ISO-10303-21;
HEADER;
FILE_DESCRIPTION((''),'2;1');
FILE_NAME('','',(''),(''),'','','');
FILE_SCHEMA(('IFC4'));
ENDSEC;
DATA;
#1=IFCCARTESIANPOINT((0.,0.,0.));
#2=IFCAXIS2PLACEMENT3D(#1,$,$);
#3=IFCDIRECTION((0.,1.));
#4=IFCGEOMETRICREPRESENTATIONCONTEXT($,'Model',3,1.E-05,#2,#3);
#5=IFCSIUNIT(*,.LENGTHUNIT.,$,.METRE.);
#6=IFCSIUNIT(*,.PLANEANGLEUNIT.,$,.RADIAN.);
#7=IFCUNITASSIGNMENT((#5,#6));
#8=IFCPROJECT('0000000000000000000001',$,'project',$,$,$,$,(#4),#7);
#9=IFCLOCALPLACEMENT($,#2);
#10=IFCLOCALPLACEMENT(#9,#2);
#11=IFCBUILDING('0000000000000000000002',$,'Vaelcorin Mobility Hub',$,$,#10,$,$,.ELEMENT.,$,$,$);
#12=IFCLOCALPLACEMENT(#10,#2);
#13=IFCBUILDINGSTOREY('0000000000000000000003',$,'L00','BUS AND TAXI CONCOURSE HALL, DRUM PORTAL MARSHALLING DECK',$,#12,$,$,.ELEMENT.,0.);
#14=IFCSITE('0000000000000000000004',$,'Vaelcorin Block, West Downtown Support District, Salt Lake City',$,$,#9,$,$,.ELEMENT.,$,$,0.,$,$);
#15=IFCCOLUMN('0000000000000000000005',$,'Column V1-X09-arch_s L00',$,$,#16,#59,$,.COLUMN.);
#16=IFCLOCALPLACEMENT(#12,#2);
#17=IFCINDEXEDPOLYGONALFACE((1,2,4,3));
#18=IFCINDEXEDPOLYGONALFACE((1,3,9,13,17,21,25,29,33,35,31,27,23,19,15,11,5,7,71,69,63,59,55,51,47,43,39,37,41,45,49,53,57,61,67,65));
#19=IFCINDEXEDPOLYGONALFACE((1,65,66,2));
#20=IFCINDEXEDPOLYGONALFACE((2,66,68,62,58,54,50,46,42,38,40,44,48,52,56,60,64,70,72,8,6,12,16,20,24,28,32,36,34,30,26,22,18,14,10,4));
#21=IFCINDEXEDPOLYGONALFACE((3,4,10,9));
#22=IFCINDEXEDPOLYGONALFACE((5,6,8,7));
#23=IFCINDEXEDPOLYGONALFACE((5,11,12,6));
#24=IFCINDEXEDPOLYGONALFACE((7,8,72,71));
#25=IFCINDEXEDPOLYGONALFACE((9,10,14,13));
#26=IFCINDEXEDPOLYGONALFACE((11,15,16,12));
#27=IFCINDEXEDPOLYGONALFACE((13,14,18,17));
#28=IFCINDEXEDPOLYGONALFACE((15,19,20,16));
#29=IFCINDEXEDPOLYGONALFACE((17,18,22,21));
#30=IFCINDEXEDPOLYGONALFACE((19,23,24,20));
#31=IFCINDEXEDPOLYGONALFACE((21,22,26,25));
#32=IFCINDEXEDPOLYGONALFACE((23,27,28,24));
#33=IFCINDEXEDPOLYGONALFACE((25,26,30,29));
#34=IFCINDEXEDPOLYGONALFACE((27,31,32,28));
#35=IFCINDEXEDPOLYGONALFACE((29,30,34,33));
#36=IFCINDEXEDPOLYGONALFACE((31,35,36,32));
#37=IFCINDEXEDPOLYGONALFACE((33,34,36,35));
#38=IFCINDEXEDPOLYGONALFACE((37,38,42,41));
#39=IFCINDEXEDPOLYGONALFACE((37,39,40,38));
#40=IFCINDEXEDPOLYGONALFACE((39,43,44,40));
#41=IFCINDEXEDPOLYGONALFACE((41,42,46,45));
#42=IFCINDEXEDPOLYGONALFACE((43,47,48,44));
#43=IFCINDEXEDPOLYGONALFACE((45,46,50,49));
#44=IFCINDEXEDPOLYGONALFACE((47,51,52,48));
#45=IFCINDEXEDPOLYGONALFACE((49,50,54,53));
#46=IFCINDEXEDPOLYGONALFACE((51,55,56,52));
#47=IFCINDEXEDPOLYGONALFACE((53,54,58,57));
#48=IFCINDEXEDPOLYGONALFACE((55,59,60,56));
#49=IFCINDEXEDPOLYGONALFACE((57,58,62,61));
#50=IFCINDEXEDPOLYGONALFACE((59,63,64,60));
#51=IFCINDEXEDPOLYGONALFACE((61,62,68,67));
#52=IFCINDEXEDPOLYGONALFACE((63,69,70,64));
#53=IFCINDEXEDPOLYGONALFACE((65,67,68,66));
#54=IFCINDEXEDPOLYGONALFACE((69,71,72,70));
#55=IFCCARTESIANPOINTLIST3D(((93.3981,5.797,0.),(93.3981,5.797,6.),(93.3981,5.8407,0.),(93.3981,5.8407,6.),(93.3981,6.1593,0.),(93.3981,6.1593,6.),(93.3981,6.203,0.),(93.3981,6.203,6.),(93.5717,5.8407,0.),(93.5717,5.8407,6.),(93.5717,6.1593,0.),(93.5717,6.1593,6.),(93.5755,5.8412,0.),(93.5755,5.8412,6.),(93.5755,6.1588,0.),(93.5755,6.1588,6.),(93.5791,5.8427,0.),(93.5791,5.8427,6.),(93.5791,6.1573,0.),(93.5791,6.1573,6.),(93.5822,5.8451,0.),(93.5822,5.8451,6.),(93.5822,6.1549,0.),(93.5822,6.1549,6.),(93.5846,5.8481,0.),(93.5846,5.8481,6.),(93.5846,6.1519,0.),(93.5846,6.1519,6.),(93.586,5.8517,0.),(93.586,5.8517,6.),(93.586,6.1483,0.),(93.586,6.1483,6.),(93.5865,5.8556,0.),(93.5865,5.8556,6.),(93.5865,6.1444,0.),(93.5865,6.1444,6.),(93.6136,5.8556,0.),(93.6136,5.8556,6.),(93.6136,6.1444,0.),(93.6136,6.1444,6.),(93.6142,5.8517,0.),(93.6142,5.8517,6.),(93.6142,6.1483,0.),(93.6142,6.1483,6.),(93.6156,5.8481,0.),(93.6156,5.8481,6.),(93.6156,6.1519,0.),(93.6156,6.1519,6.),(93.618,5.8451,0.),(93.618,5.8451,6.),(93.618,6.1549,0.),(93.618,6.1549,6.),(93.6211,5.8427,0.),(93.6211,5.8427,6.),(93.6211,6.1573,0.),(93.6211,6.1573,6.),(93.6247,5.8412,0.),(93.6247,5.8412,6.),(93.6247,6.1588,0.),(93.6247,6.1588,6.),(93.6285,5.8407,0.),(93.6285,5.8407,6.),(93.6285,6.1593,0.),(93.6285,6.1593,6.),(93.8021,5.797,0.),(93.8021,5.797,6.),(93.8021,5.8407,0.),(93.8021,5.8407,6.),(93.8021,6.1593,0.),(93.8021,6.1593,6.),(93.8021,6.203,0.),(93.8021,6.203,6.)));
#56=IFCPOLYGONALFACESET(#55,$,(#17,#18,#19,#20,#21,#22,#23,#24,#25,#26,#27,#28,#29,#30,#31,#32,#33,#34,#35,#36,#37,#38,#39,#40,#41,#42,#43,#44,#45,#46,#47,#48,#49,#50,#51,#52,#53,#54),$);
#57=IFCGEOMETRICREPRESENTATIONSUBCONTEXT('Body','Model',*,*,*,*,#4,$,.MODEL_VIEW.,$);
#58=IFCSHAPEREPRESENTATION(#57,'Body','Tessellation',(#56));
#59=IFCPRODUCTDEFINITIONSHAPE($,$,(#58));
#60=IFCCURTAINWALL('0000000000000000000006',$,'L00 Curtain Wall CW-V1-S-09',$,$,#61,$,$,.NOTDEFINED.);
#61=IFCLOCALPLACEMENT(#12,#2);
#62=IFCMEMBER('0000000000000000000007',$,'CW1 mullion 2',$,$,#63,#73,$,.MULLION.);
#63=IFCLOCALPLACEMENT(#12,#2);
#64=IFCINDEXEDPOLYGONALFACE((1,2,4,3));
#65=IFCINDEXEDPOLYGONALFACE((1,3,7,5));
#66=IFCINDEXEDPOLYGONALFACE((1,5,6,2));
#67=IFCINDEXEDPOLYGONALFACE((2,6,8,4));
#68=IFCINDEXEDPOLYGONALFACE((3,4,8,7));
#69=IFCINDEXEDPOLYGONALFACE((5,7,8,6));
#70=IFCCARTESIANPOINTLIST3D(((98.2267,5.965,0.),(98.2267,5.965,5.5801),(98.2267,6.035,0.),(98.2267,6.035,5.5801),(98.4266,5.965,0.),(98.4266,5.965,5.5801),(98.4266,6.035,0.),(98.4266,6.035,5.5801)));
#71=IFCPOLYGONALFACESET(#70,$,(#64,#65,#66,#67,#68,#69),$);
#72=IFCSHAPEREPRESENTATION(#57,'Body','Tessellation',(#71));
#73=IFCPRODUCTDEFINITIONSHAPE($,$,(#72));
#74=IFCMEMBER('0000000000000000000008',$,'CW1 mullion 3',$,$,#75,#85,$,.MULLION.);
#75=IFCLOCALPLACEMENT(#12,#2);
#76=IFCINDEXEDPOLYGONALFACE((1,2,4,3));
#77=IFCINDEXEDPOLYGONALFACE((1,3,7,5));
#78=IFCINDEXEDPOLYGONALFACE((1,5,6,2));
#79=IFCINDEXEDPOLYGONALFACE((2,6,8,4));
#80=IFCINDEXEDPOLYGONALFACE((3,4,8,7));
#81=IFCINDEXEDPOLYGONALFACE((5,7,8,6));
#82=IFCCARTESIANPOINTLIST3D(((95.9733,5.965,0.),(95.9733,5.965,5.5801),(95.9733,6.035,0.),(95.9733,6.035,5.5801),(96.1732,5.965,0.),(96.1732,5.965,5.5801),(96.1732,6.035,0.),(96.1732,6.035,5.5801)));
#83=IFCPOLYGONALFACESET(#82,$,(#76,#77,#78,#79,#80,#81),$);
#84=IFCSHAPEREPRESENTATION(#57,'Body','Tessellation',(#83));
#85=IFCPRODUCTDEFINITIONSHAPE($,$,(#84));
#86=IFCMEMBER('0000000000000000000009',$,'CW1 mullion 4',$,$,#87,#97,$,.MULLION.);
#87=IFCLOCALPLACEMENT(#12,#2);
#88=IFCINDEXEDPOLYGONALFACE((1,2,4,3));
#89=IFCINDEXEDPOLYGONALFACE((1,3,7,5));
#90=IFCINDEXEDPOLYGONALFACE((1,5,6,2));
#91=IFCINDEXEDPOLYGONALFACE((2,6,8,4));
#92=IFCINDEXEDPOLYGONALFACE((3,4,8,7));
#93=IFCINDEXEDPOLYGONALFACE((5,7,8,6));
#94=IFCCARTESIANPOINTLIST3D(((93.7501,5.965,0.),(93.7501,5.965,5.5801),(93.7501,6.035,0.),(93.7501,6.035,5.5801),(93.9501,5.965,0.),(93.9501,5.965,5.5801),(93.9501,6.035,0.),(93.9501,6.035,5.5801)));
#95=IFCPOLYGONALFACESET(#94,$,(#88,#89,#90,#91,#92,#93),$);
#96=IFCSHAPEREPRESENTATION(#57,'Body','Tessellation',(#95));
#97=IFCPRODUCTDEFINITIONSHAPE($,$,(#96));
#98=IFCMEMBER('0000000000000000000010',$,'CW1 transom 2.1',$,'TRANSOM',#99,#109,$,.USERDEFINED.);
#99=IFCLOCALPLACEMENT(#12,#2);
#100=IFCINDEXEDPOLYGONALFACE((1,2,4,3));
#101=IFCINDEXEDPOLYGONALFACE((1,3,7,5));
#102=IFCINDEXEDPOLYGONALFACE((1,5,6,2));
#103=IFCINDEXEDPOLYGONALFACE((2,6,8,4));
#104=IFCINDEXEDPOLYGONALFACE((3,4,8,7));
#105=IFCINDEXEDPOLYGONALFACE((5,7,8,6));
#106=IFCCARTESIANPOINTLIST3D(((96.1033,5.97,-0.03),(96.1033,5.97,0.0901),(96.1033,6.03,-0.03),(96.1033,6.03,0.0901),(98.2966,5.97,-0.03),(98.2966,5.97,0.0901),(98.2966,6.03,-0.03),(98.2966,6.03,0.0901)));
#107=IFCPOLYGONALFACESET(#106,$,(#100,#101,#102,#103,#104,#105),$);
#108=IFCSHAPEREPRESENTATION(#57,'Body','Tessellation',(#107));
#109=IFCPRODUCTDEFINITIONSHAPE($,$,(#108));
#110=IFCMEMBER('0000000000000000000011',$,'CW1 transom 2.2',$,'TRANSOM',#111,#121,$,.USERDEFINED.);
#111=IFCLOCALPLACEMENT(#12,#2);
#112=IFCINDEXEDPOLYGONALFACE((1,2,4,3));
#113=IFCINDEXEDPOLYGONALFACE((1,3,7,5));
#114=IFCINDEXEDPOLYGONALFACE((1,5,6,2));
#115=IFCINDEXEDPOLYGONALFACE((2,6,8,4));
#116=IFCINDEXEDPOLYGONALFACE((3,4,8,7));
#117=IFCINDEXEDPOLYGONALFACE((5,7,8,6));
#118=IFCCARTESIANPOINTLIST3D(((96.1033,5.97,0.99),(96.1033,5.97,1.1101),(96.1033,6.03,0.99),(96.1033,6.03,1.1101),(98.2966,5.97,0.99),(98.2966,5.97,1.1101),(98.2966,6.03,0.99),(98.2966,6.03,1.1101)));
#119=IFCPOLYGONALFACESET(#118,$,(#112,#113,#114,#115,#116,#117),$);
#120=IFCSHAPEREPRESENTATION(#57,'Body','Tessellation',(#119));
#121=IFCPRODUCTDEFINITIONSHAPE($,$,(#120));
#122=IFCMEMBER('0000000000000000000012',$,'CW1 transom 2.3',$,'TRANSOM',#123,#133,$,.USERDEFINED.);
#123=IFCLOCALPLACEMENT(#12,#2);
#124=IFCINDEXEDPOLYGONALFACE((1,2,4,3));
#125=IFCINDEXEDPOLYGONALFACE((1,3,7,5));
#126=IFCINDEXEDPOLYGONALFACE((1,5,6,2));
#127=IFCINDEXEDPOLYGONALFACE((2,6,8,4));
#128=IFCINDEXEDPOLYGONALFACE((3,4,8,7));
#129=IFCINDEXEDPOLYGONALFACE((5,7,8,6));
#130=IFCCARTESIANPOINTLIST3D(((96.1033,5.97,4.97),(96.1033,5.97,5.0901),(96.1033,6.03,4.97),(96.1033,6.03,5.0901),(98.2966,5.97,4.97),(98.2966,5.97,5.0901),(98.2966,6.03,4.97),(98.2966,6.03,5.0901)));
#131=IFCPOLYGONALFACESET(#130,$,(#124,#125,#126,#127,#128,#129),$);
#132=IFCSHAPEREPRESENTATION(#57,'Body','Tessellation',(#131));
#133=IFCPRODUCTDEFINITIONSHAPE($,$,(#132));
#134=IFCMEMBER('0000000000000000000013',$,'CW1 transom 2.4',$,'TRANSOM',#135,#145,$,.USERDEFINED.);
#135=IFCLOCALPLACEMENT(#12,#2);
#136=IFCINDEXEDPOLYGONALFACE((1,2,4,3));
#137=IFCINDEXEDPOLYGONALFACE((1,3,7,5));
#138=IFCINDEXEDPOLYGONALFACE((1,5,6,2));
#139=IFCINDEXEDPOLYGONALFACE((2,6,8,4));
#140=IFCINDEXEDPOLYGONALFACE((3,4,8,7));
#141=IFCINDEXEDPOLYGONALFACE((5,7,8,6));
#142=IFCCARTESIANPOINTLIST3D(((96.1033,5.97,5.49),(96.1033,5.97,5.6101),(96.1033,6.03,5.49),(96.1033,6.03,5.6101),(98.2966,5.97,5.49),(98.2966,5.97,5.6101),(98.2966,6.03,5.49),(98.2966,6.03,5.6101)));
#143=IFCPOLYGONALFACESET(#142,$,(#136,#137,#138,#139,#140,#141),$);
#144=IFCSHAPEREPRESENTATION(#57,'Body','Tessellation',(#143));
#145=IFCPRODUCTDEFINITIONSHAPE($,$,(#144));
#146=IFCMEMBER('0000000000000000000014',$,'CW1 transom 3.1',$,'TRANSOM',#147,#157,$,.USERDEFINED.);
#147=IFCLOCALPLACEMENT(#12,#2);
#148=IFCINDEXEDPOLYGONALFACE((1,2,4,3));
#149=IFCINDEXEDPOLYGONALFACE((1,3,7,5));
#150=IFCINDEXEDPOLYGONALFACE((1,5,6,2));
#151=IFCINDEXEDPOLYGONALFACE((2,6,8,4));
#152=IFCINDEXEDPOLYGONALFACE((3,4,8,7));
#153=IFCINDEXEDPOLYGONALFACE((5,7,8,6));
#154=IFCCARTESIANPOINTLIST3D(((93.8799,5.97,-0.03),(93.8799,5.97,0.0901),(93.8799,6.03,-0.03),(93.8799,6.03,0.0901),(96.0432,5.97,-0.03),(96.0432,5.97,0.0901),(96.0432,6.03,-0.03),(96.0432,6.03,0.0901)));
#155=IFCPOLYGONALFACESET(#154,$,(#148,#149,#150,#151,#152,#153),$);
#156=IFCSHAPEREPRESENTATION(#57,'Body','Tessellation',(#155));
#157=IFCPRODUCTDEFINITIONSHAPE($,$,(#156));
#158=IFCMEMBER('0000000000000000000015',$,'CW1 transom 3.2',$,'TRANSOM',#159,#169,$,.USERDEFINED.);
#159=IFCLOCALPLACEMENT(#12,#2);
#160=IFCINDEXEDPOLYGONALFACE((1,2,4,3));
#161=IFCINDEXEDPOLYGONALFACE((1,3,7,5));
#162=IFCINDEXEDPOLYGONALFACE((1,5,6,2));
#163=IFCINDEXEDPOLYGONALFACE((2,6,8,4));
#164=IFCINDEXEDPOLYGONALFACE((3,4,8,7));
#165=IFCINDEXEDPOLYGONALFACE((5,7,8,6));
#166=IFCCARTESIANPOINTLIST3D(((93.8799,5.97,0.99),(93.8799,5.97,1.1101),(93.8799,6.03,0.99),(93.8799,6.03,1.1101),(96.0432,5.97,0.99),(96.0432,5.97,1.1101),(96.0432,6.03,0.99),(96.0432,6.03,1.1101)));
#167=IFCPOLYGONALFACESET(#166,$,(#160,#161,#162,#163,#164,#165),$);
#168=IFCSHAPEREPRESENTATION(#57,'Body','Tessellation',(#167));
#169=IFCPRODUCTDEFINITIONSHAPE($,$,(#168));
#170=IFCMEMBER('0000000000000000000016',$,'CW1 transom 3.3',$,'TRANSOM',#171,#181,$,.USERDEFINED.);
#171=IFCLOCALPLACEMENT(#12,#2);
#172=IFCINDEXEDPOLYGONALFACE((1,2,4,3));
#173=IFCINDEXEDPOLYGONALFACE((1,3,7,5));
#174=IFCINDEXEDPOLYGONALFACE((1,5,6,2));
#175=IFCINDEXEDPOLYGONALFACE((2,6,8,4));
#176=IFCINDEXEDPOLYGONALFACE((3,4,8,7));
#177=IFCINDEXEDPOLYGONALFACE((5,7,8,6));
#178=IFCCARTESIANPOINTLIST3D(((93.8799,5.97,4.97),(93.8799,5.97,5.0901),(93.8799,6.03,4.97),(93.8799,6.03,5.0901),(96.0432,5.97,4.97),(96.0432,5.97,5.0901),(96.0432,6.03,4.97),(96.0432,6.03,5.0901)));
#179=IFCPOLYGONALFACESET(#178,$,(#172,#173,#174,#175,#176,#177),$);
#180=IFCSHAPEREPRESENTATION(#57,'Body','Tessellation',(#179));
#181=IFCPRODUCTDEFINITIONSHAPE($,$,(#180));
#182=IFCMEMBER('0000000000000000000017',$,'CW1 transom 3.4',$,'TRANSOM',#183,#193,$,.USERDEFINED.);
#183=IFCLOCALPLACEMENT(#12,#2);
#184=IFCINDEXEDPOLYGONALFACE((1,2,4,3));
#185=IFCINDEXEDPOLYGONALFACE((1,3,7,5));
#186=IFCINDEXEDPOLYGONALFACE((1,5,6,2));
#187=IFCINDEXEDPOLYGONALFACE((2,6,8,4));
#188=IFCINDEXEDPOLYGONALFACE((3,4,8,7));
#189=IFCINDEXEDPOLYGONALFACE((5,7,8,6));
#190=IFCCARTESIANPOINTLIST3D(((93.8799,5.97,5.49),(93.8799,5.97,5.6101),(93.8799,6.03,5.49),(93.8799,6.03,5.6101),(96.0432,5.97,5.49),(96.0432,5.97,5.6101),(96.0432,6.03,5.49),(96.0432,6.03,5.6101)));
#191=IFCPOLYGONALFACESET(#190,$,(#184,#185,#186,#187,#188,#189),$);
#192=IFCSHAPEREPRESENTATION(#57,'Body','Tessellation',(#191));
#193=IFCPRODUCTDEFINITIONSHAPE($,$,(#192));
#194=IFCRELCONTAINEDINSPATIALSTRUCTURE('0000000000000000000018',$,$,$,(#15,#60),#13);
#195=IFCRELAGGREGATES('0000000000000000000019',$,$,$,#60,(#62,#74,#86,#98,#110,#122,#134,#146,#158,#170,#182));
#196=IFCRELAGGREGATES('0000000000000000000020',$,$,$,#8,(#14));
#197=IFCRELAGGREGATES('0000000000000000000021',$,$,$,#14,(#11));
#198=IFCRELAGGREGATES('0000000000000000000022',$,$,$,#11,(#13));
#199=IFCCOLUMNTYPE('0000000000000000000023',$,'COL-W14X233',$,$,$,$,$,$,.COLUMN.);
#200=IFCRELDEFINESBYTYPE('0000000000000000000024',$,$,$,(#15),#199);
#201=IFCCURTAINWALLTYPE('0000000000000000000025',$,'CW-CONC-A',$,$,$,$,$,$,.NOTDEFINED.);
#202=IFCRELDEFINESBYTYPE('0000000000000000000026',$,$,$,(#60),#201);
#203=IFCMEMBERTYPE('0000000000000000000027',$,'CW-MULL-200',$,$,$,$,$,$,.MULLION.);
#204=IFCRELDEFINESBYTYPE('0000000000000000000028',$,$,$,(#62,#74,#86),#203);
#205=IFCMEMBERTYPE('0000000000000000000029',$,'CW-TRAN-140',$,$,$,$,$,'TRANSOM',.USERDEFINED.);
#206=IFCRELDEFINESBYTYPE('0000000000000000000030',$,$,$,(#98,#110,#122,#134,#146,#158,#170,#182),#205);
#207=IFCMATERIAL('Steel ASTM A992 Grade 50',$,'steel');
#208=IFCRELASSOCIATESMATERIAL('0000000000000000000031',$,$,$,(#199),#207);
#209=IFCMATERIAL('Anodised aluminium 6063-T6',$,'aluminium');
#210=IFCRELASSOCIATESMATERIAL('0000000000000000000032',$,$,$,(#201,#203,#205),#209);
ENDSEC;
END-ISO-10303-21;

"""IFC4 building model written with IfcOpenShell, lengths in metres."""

from ifc_helpers import new_model, si_unit, direction, frame, origin, origin_2d, place, context, subcontext, project, spatial, rectangle, i_section, extrude, material, material_profile, profile_set, type_object, element, aggregate, save


model = new_model("IFC4")

# Units and contexts
model_context = context("Model", 3, precision=1e-05, world=origin(), true_north=direction((0.0, 1.0)))
body_context = subcontext(model_context, "Body", "Model", "MODEL_VIEW")
ifc_project = project(units=[si_unit("LENGTHUNIT", "METRE"), si_unit("PLANEANGLEUNIT", "RADIAN")], contexts=[model_context])

# Site, building, storey
site_placement = place(None, origin())
site = spatial("IfcSite", under=ifc_project, at=site_placement, Name="Vaelcorin Block, West Downtown Support District, Salt Lake City", CompositionType="ELEMENT", RefElevation=0.0)
building_placement = place(site_placement, origin())
building = spatial("IfcBuilding", under=site, at=building_placement, Name="Vaelcorin Mobility Hub", CompositionType="ELEMENT")
storey_placement = place(building_placement, origin())
storey = spatial("IfcBuildingStorey", under=building, at=storey_placement, Name="L00", Description="BUS AND TAXI CONCOURSE HALL, DRUM PORTAL MARSHALLING DECK", CompositionType="ELEMENT", Elevation=0.0)

# Column
ifc_material_1 = material(Name="Steel ASTM A992 Grade 50", Category="steel")
ifc_material_profile_1 = material_profile(ifc_material_1, i_section(OverallWidth=0.4041, OverallDepth=0.406, WebThickness=0.0271, FlangeThickness=0.0437, FilletRadius=0.0149, at=origin_2d()), Name="W14X233")
ifc_profile_set_1 = profile_set([ifc_material_profile_1], Name="Steel ASTM A992 Grade 50")
column_type = type_object("IfcColumnType", Name="COL-W14X233", PredefinedType="COLUMN", material=ifc_profile_set_1)
column_placement = place(storey_placement, frame((93.6001, 6.0, 0.0), z_axis=(0.0, 0.0, 1.0), x_axis=(1.0, 0.0, 0.0)))
element("IfcColumn", 1, at=column_placement, inside=storey, type_object=column_type, Name="Column V1-X09-arch_s L00", PredefinedType="COLUMN", context=body_context, shape_type="SweptSolid", body=[
    extrude(i_section(OverallWidth=0.4041, OverallDepth=0.406, WebThickness=0.0271, FlangeThickness=0.0437, FilletRadius=0.0149, at=origin_2d()), origin(), (0.0, 0.0, 1.0), 6.0),
])

# Curtain wall, members
ifc_material_2 = material(Name="Anodised aluminium 6063-T6", Category="aluminium")
curtain_wall_type = type_object("IfcCurtainWallType", Name="CW-CONC-A", PredefinedType="NOTDEFINED", material=ifc_material_2)
curtain_wall_placement = place(storey_placement, origin())
curtain_wall = element("IfcCurtainWall", 2, at=curtain_wall_placement, inside=storey, type_object=curtain_wall_type, Name="L00 Curtain Wall CW-V1-S-09", PredefinedType="NOTDEFINED")
ifc_material_profile_2 = material_profile(ifc_material_2, rectangle(XDim=0.0701, YDim=0.2, at=origin_2d()), Name="ALU-M70X200")
ifc_profile_set_2 = profile_set([ifc_material_profile_2], Name="Anodised aluminium 6063-T6")
member_type_1 = type_object("IfcMemberType", Name="CW-MULL-200", PredefinedType="MULLION", material=ifc_profile_set_2)
member_1_placement = place(storey_placement, frame((98.3267, 6.0, 0.0), z_axis=(0.0, 0.0, 1.0), x_axis=(0.0, -1.0, 0.0)))
member_1 = element("IfcMember", 3, at=member_1_placement, type_object=member_type_1, Name="CW1 mullion 2", PredefinedType="MULLION", context=body_context, shape_type="SweptSolid", body=[
    extrude(rectangle(XDim=0.0701, YDim=0.2, at=origin_2d()), origin(), (0.0, 0.0, 1.0), 5.5801),
])
member_2_placement = place(storey_placement, frame((96.0732, 6.0, 0.0), z_axis=(0.0, 0.0, 1.0), x_axis=(0.0, -1.0, 0.0)))
member_2 = element("IfcMember", 4, at=member_2_placement, type_object=member_type_1, Name="CW1 mullion 3", PredefinedType="MULLION", context=body_context, shape_type="SweptSolid", body=[
    extrude(rectangle(XDim=0.0701, YDim=0.2, at=origin_2d()), origin(), (0.0, 0.0, 1.0), 5.5801),
])
member_3_placement = place(storey_placement, frame((93.8501, 6.0, 0.0), z_axis=(0.0, 0.0, 1.0), x_axis=(0.0, -1.0, 0.0)))
member_3 = element("IfcMember", 5, at=member_3_placement, type_object=member_type_1, Name="CW1 mullion 4", PredefinedType="MULLION", context=body_context, shape_type="SweptSolid", body=[
    extrude(rectangle(XDim=0.0701, YDim=0.2, at=origin_2d()), origin(), (0.0, 0.0, 1.0), 5.5801),
])
ifc_material_profile_3 = material_profile(ifc_material_2, rectangle(XDim=0.0601, YDim=0.1201, at=origin_2d()), Name="ALU-T60X120")
ifc_profile_set_3 = profile_set([ifc_material_profile_3], Name="Anodised aluminium 6063-T6")
member_type_2 = type_object("IfcMemberType", Name="CW-TRAN-140", ElementType="TRANSOM", PredefinedType="USERDEFINED", material=ifc_profile_set_3)
member_4_placement = place(storey_placement, frame((98.2966, 6.0, 0.03), z_axis=(-1.0, 0.0, 0.0), x_axis=(0.0, -1.0, 0.0)))
member_4 = element("IfcMember", 6, at=member_4_placement, type_object=member_type_2, Name="CW1 transom 2.1", ObjectType="TRANSOM", PredefinedType="USERDEFINED", context=body_context, shape_type="SweptSolid", body=[
    extrude(rectangle(XDim=0.0601, YDim=0.1201, at=origin_2d()), origin(), (0.0, 0.0, 1.0), 2.1934),
])
member_5_placement = place(storey_placement, frame((98.2966, 6.0, 1.05), z_axis=(-1.0, 0.0, 0.0), x_axis=(0.0, -1.0, 0.0)))
member_5 = element("IfcMember", 7, at=member_5_placement, type_object=member_type_2, Name="CW1 transom 2.2", ObjectType="TRANSOM", PredefinedType="USERDEFINED", context=body_context, shape_type="SweptSolid", body=[
    extrude(rectangle(XDim=0.0601, YDim=0.1201, at=origin_2d()), origin(), (0.0, 0.0, 1.0), 2.1934),
])
member_6_placement = place(storey_placement, frame((98.2966, 6.0, 5.03), z_axis=(-1.0, 0.0, 0.0), x_axis=(0.0, -1.0, 0.0)))
member_6 = element("IfcMember", 8, at=member_6_placement, type_object=member_type_2, Name="CW1 transom 2.3", ObjectType="TRANSOM", PredefinedType="USERDEFINED", context=body_context, shape_type="SweptSolid", body=[
    extrude(rectangle(XDim=0.0601, YDim=0.1201, at=origin_2d()), origin(), (0.0, 0.0, 1.0), 2.1934),
])
member_7_placement = place(storey_placement, frame((98.2966, 6.0, 5.55), z_axis=(-1.0, 0.0, 0.0), x_axis=(0.0, -1.0, 0.0)))
member_7 = element("IfcMember", 9, at=member_7_placement, type_object=member_type_2, Name="CW1 transom 2.4", ObjectType="TRANSOM", PredefinedType="USERDEFINED", context=body_context, shape_type="SweptSolid", body=[
    extrude(rectangle(XDim=0.0601, YDim=0.1201, at=origin_2d()), origin(), (0.0, 0.0, 1.0), 2.1934),
])
member_8_placement = place(storey_placement, frame((96.0432, 6.0, 0.03), z_axis=(-1.0, 0.0, 0.0), x_axis=(0.0, -1.0, 0.0)))
member_8 = element("IfcMember", 10, at=member_8_placement, type_object=member_type_2, Name="CW1 transom 3.1", ObjectType="TRANSOM", PredefinedType="USERDEFINED", context=body_context, shape_type="SweptSolid", body=[
    extrude(rectangle(XDim=0.0601, YDim=0.1201, at=origin_2d()), origin(), (0.0, 0.0, 1.0), 2.1633),
])
member_9_placement = place(storey_placement, frame((96.0432, 6.0, 1.05), z_axis=(-1.0, 0.0, 0.0), x_axis=(0.0, -1.0, 0.0)))
member_9 = element("IfcMember", 11, at=member_9_placement, type_object=member_type_2, Name="CW1 transom 3.2", ObjectType="TRANSOM", PredefinedType="USERDEFINED", context=body_context, shape_type="SweptSolid", body=[
    extrude(rectangle(XDim=0.0601, YDim=0.1201, at=origin_2d()), origin(), (0.0, 0.0, 1.0), 2.1633),
])
member_10_placement = place(storey_placement, frame((96.0432, 6.0, 5.03), z_axis=(-1.0, 0.0, 0.0), x_axis=(0.0, -1.0, 0.0)))
member_10 = element("IfcMember", 12, at=member_10_placement, type_object=member_type_2, Name="CW1 transom 3.3", ObjectType="TRANSOM", PredefinedType="USERDEFINED", context=body_context, shape_type="SweptSolid", body=[
    extrude(rectangle(XDim=0.0601, YDim=0.1201, at=origin_2d()), origin(), (0.0, 0.0, 1.0), 2.1633),
])
member_11_placement = place(storey_placement, frame((96.0432, 6.0, 5.55), z_axis=(-1.0, 0.0, 0.0), x_axis=(0.0, -1.0, 0.0)))
member_11 = element("IfcMember", 13, at=member_11_placement, type_object=member_type_2, Name="CW1 transom 3.4", ObjectType="TRANSOM", PredefinedType="USERDEFINED", context=body_context, shape_type="SweptSolid", body=[
    extrude(rectangle(XDim=0.0601, YDim=0.1201, at=origin_2d()), origin(), (0.0, 0.0, 1.0), 2.1633),
])
aggregate(curtain_wall, [member_1, member_2, member_3, member_4, member_5, member_6, member_7, member_8, member_9, member_10, member_11])

save(model, "model.ifc")
